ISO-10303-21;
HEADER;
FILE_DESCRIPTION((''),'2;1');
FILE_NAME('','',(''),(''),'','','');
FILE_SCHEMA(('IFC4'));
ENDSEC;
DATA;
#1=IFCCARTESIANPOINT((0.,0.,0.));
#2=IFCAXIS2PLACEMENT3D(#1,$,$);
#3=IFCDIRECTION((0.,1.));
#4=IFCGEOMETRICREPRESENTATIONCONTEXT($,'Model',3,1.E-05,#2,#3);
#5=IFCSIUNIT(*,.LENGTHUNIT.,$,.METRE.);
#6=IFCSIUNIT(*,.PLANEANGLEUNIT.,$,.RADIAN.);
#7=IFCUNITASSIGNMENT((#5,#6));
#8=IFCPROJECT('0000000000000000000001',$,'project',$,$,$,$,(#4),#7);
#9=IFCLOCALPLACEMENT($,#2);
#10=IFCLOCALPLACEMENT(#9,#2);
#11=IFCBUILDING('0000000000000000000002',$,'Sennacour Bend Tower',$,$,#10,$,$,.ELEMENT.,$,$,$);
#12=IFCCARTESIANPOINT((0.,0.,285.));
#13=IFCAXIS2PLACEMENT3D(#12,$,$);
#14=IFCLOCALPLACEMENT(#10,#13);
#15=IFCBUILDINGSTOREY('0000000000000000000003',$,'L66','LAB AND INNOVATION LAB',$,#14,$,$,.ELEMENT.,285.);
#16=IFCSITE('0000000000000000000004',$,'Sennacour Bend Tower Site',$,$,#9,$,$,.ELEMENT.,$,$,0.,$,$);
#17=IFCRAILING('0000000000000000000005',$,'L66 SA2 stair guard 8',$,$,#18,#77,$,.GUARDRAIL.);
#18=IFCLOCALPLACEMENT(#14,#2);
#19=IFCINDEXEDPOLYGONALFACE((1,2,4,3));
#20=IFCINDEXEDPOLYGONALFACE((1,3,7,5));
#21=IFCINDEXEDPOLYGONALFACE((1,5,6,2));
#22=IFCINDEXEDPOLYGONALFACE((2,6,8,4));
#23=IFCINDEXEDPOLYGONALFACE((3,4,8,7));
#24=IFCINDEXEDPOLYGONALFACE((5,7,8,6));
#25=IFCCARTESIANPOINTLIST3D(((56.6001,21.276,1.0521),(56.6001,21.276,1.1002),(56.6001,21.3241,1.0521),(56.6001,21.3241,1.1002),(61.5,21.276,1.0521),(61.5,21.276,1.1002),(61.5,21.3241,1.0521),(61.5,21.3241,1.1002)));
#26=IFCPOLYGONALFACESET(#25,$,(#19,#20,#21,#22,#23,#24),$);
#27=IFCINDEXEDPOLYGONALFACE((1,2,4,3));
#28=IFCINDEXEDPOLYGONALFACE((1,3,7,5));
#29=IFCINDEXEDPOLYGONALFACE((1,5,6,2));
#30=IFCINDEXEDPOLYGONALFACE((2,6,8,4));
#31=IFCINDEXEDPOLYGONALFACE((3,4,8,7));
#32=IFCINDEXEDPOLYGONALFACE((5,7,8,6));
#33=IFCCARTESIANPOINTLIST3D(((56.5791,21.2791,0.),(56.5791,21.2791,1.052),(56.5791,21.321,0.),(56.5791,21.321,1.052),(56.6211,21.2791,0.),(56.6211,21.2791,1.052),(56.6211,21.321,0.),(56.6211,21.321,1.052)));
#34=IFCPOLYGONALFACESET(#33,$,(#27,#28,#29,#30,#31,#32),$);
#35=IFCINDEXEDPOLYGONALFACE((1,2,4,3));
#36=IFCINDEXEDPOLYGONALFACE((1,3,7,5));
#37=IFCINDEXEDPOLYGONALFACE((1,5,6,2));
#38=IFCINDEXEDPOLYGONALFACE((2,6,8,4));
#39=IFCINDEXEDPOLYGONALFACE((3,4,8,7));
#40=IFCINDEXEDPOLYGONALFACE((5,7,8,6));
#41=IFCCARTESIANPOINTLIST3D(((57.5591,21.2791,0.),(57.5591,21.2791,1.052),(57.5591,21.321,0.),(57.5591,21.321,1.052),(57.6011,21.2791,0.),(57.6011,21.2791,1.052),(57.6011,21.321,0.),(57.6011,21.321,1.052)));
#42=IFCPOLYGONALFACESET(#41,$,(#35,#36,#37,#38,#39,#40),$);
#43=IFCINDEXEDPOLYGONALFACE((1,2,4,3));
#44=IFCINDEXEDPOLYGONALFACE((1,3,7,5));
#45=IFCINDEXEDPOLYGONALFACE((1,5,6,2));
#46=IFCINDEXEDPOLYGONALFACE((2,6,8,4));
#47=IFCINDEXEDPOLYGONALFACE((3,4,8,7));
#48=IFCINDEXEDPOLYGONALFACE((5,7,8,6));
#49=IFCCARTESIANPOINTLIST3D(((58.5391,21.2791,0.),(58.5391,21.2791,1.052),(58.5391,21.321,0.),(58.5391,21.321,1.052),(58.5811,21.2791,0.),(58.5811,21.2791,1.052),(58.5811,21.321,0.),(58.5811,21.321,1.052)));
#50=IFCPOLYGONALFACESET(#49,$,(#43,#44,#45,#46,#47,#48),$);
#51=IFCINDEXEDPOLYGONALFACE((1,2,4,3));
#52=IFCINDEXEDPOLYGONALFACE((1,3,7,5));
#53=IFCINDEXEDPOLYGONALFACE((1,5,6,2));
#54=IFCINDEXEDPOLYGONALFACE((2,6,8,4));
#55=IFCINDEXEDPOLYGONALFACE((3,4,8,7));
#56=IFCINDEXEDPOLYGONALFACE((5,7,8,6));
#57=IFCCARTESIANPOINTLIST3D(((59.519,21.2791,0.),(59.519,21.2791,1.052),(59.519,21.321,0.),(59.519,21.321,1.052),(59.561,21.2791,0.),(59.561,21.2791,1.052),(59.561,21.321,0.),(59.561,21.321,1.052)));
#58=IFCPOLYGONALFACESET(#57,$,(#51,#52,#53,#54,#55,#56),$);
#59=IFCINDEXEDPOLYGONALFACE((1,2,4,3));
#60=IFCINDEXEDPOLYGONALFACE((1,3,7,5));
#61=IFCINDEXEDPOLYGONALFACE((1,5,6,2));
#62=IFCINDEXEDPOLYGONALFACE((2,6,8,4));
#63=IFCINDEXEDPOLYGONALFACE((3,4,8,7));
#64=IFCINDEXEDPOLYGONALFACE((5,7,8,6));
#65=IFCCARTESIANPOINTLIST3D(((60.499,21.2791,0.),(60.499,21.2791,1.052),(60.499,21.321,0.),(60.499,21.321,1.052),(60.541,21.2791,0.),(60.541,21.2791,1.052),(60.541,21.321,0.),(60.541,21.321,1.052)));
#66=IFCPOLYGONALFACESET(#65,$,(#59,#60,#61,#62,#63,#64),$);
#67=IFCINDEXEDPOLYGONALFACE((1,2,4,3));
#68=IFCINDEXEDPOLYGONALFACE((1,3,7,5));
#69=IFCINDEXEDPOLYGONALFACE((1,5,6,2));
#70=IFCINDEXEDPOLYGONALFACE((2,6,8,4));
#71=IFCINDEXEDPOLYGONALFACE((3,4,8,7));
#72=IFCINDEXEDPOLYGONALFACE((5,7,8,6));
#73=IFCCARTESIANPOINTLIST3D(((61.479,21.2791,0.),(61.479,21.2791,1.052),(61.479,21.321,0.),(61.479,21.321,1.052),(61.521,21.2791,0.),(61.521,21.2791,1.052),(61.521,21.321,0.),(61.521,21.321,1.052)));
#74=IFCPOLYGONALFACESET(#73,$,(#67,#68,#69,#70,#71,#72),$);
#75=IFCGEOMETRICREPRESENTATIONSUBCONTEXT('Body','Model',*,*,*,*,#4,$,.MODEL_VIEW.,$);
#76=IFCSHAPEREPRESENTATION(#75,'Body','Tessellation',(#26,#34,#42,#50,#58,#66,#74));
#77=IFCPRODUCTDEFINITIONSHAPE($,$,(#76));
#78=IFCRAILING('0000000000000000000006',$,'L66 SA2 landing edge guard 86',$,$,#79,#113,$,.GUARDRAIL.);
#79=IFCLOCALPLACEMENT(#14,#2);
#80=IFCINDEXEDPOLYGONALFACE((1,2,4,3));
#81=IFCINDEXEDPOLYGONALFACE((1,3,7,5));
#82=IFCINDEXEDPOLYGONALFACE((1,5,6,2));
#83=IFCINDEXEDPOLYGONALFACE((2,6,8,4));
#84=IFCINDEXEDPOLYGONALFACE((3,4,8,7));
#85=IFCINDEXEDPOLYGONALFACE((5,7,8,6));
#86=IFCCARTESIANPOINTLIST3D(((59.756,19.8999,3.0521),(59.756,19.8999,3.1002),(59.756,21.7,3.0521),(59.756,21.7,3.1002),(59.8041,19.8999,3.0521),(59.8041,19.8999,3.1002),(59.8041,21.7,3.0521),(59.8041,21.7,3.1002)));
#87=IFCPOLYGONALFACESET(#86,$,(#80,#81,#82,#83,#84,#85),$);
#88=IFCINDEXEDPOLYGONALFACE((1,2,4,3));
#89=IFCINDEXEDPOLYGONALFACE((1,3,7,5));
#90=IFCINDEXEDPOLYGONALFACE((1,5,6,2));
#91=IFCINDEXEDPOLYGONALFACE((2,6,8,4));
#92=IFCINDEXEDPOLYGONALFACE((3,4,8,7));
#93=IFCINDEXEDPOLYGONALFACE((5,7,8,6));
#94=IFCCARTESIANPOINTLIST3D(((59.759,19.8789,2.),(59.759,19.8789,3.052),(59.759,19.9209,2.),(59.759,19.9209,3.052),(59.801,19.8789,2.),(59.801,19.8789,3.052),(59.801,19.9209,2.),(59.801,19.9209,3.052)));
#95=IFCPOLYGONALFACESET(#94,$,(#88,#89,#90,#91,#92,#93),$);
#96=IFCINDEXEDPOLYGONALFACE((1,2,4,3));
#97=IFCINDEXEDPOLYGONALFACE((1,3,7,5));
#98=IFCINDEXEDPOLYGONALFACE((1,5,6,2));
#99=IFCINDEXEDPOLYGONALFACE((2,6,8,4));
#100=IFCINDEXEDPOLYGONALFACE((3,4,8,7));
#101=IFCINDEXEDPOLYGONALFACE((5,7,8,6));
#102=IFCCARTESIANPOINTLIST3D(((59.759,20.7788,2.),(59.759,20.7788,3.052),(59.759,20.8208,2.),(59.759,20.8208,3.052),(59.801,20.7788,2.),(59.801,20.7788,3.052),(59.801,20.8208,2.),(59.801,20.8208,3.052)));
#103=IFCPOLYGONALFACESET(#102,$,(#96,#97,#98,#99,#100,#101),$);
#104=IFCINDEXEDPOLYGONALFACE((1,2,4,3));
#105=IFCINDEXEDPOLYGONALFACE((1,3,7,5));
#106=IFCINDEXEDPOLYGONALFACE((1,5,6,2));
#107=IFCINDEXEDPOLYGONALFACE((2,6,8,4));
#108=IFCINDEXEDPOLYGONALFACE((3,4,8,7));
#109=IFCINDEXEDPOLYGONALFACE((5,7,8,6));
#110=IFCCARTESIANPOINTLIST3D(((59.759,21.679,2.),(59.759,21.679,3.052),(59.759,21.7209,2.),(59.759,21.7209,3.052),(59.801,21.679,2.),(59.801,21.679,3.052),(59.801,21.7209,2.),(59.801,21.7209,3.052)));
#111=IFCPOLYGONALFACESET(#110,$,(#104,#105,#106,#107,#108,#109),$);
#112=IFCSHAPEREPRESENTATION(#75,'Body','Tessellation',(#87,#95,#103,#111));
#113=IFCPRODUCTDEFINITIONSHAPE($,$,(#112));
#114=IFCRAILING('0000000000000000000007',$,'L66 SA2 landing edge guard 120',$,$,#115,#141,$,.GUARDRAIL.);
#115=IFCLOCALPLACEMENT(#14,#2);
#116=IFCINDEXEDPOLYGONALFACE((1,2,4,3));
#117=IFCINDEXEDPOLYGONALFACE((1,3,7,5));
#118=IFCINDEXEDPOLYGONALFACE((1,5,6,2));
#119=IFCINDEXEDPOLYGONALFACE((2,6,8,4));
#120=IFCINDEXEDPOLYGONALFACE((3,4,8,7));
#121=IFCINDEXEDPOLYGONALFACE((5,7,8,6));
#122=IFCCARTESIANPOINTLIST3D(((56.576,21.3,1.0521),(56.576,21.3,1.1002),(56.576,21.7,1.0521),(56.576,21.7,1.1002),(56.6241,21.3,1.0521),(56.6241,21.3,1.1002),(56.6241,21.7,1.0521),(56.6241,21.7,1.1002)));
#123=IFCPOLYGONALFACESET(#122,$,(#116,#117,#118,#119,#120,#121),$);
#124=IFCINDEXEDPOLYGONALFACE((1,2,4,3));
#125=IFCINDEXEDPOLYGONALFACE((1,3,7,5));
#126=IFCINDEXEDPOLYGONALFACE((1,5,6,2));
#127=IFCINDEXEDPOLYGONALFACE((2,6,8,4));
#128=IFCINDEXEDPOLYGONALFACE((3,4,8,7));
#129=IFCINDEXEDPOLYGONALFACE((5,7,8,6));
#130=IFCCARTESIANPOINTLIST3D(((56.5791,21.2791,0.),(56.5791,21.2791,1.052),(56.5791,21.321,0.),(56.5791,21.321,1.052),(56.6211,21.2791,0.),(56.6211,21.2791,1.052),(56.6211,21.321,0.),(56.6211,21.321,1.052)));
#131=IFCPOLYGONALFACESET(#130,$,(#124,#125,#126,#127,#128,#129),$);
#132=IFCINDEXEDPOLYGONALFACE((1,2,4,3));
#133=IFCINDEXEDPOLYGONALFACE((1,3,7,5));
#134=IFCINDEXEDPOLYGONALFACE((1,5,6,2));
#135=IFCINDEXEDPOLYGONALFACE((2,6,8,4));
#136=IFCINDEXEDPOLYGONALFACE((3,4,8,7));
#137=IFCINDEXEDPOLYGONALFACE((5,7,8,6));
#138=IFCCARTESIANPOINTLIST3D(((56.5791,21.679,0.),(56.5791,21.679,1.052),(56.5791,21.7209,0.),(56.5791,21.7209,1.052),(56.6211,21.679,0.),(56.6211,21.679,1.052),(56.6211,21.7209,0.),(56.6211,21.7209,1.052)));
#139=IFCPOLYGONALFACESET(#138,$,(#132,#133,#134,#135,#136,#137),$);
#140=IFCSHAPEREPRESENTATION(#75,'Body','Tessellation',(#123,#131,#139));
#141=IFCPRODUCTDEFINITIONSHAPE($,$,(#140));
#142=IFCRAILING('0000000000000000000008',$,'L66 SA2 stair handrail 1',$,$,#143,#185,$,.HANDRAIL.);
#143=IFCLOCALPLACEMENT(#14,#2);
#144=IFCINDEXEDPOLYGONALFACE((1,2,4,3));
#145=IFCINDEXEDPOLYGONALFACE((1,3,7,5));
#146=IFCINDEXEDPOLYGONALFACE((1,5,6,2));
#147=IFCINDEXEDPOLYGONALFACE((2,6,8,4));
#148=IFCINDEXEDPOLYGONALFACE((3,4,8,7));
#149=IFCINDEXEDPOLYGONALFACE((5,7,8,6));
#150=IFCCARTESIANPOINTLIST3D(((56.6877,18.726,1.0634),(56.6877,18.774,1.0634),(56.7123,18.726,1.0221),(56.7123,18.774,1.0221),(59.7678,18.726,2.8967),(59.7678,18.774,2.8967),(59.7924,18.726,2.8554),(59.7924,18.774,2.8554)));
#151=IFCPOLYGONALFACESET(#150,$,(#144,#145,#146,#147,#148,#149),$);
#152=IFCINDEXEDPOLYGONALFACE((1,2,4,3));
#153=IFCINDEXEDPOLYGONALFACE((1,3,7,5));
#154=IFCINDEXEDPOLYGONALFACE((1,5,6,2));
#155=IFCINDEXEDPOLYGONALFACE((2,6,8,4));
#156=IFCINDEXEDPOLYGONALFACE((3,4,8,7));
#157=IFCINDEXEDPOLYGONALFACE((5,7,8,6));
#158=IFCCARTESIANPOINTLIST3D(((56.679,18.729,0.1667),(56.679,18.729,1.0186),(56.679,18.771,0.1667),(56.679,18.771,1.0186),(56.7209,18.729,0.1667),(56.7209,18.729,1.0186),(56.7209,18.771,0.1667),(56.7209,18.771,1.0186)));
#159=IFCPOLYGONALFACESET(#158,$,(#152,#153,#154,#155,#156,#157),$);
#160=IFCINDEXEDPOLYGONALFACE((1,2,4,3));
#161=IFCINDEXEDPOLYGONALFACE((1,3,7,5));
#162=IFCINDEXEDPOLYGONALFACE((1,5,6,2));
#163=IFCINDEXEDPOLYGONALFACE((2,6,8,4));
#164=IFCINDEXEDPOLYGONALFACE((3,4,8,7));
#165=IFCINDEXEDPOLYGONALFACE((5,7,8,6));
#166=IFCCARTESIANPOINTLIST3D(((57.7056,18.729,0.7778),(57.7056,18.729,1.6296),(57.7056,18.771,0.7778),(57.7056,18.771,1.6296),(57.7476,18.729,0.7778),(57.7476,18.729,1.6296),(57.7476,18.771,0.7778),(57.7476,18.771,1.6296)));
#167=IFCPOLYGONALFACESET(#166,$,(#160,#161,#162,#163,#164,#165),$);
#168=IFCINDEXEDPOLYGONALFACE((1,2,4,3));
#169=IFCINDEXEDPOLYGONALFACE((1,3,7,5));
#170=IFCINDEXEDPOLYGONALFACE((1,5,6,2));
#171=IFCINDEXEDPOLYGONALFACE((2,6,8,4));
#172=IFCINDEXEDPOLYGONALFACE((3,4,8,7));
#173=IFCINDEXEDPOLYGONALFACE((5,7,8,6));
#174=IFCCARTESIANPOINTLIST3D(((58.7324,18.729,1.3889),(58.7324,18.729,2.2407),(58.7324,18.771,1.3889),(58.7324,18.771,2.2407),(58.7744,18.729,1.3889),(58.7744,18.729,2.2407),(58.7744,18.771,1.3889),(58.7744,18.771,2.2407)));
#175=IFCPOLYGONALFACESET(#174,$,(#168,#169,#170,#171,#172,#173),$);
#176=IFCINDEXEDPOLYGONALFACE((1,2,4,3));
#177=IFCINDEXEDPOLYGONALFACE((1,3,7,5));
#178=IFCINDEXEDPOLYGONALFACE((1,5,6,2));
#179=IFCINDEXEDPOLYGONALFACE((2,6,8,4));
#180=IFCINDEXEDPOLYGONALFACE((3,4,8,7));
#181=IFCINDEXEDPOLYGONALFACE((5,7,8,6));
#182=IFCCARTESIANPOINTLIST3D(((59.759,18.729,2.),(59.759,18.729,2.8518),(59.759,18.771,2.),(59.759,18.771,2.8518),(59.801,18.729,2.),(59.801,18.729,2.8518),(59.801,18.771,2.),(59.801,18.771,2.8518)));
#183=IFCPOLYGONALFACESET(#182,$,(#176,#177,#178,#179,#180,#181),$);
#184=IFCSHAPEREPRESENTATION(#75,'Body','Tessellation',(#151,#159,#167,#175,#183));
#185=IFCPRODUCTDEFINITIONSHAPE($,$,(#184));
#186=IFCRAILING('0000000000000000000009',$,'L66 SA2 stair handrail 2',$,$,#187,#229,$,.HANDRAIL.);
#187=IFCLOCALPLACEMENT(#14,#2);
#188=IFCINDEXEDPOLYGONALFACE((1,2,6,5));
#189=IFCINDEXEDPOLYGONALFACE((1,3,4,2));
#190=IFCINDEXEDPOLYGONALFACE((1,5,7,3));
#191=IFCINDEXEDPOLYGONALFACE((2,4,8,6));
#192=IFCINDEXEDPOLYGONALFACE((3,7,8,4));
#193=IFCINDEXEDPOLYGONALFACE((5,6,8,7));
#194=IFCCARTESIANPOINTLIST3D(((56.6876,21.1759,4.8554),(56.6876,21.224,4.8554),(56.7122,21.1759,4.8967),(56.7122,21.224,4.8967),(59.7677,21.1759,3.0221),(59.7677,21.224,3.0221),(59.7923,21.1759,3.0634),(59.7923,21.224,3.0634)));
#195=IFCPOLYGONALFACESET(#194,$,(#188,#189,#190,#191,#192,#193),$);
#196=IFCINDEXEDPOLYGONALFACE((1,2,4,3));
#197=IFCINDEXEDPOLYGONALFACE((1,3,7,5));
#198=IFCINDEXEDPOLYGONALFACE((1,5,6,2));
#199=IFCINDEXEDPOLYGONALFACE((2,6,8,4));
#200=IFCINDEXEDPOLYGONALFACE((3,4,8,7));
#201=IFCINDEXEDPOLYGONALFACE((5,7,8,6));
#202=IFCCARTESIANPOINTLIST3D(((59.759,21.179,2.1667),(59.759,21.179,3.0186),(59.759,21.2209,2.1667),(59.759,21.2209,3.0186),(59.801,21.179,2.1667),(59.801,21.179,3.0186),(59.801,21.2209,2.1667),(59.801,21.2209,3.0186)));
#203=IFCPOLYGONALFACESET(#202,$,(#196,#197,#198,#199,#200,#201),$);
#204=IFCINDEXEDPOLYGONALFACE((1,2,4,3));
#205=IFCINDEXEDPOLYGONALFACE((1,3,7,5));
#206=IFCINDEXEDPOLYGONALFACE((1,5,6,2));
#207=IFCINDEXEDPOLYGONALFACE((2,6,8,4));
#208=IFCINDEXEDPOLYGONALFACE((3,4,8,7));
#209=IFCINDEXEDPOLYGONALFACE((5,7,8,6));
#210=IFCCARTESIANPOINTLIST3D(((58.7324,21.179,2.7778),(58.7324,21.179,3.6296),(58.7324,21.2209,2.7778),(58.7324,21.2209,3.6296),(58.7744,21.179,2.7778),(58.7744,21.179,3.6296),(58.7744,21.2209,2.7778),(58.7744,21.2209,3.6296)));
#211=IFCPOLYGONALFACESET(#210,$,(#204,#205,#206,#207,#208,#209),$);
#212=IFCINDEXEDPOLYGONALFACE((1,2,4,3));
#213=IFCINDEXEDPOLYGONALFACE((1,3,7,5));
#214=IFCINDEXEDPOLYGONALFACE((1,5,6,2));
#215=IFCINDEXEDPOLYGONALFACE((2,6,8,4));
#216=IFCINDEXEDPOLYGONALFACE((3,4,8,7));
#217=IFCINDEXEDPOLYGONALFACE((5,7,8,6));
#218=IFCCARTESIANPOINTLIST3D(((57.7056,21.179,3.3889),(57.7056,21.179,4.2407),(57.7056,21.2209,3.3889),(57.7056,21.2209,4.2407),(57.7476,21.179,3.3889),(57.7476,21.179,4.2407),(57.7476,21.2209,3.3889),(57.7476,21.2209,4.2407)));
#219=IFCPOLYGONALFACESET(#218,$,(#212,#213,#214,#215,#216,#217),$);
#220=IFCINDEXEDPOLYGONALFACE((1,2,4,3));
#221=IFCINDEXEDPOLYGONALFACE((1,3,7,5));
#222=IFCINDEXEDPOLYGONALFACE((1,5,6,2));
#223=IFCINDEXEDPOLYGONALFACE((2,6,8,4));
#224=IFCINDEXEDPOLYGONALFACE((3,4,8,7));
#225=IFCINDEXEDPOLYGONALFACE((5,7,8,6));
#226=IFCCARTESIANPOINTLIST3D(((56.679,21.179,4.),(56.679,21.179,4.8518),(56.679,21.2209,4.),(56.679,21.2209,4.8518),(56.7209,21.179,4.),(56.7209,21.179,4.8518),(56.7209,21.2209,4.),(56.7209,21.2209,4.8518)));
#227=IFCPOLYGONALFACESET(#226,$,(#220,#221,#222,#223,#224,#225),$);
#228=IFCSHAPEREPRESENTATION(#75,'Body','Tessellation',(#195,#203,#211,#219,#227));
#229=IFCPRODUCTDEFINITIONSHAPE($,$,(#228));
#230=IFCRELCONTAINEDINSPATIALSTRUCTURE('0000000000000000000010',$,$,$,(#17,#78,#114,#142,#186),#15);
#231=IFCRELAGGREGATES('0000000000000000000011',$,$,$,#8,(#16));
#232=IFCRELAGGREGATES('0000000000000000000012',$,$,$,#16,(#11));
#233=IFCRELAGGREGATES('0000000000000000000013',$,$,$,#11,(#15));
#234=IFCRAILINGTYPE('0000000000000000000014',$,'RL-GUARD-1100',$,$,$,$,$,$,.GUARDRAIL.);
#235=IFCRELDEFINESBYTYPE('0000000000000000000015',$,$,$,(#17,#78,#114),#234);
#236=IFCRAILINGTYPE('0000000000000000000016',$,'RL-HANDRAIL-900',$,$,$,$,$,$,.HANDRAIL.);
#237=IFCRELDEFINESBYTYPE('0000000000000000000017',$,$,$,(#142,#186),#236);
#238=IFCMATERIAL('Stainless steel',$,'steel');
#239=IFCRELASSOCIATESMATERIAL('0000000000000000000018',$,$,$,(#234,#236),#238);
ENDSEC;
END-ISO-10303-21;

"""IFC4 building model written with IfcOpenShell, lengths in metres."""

from ifc_helpers import new_model, si_unit, direction, frame, origin, origin_2d, place, context, subcontext, project, spatial, rectangle, extrude, material, type_object, element, save


model = new_model("IFC4")

# Units and contexts
model_context = context("Model", 3, precision=1e-05, world=origin(), true_north=direction((0.0, 1.0)))
body_context = subcontext(model_context, "Body", "Model", "MODEL_VIEW")
ifc_project = project(units=[si_unit("LENGTHUNIT", "METRE"), si_unit("PLANEANGLEUNIT", "RADIAN")], contexts=[model_context])

# Site, building, storey
site_placement = place(None, origin())
site = spatial("IfcSite", under=ifc_project, at=site_placement, Name="Sennacour Bend Tower Site", CompositionType="ELEMENT", RefElevation=0.0)
building_placement = place(site_placement, origin())
building = spatial("IfcBuilding", under=site, at=building_placement, Name="Sennacour Bend Tower", CompositionType="ELEMENT")
storey_placement = place(building_placement, frame((0.0, 0.0, 285.0)))
storey = spatial("IfcBuildingStorey", under=building, at=storey_placement, Name="L66", Description="LAB AND INNOVATION LAB", CompositionType="ELEMENT", Elevation=285.0)

# Railings
ifc_material_1 = material(Name="Stainless steel", Category="steel")
railing_type_1 = type_object("IfcRailingType", Name="RL-GUARD-1100", PredefinedType="GUARDRAIL", material=ifc_material_1)
railing_1_placement = place(storey_placement, frame((56.6001, 21.3, 0.0)))
element("IfcRailing", 1, at=railing_1_placement, inside=storey, type_object=railing_type_1, Name="L66 SA2 stair guard 8", PredefinedType="GUARDRAIL", context=body_context, shape_type="SweptSolid", body=[
    extrude(rectangle(XDim=0.0481, YDim=0.0481, at=origin_2d()), frame((0.0, 0.0, 1.0762), z_axis=(1.0, 0.0, 0.0), x_axis=(0.0, 1.0, 0.0)), (0.0, 0.0, 1.0), 4.8999),
    extrude(rectangle(XDim=0.042, YDim=0.042, at=origin_2d()), origin(), (0.0, 0.0, 1.0), 1.052),
    extrude(rectangle(XDim=0.042, YDim=0.042, at=origin_2d()), frame((0.98, 0.0, 0.0)), (0.0, 0.0, 1.0), 1.052),
    extrude(rectangle(XDim=0.042, YDim=0.042, at=origin_2d()), frame((1.96, 0.0, 0.0)), (0.0, 0.0, 1.0), 1.052),
    extrude(rectangle(XDim=0.042, YDim=0.042, at=origin_2d()), frame((2.9399, 0.0, 0.0)), (0.0, 0.0, 1.0), 1.052),
    extrude(rectangle(XDim=0.042, YDim=0.042, at=origin_2d()), frame((3.9199, 0.0, 0.0)), (0.0, 0.0, 1.0), 1.052),
    extrude(rectangle(XDim=0.042, YDim=0.042, at=origin_2d()), frame((4.8999, 0.0, 0.0)), (0.0, 0.0, 1.0), 1.052),
])
railing_2_placement = place(storey_placement, frame((59.78, 19.8999, 2.0)))
element("IfcRailing", 2, at=railing_2_placement, inside=storey, type_object=railing_type_1, Name="L66 SA2 landing edge guard 86", PredefinedType="GUARDRAIL", context=body_context, shape_type="SweptSolid", body=[
    extrude(rectangle(XDim=0.0481, YDim=0.0481, at=origin_2d()), frame((0.0, 0.0, 1.0762), z_axis=(0.0, 1.0, 0.0), x_axis=(-1.0, 0.0, 0.0)), (0.0, 0.0, 1.0), 1.8),
    extrude(rectangle(XDim=0.042, YDim=0.042, at=origin_2d()), origin(), (0.0, 0.0, 1.0), 1.052),
    extrude(rectangle(XDim=0.042, YDim=0.042, at=origin_2d()), frame((0.0, 0.8999, 0.0)), (0.0, 0.0, 1.0), 1.052),
    extrude(rectangle(XDim=0.042, YDim=0.042, at=origin_2d()), frame((0.0, 1.8, 0.0)), (0.0, 0.0, 1.0), 1.052),
])
railing_3_placement = place(storey_placement, frame((56.6001, 21.3, 0.0)))
element("IfcRailing", 3, at=railing_3_placement, inside=storey, type_object=railing_type_1, Name="L66 SA2 landing edge guard 120", PredefinedType="GUARDRAIL", context=body_context, shape_type="SweptSolid", body=[
    extrude(rectangle(XDim=0.0481, YDim=0.0481, at=origin_2d()), frame((0.0, 0.0, 1.0762), z_axis=(0.0, 1.0, 0.0), x_axis=(-1.0, 0.0, 0.0)), (0.0, 0.0, 1.0), 0.3999),
    extrude(rectangle(XDim=0.042, YDim=0.042, at=origin_2d()), origin(), (0.0, 0.0, 1.0), 1.052),
    extrude(rectangle(XDim=0.042, YDim=0.042, at=origin_2d()), frame((0.0, 0.3999, 0.0)), (0.0, 0.0, 1.0), 1.052),
])
railing_type_2 = type_object("IfcRailingType", Name="RL-HANDRAIL-900", PredefinedType="HANDRAIL", material=ifc_material_1)
railing_4_placement = place(storey_placement, frame((56.7, 18.75, 0.1667)))
element("IfcRailing", 4, at=railing_4_placement, inside=storey, type_object=railing_type_2, Name="L66 SA2 stair handrail 1", PredefinedType="HANDRAIL", context=body_context, shape_type="SweptSolid", body=[
    extrude(rectangle(XDim=0.0481, YDim=0.0481, at=origin_2d()), frame((0.0, 0.0, 0.876), z_axis=(0.859309, 0.0, 0.511458), x_axis=(0.0, 1.0, 0.0)), (0.0, 0.0, 1.0), 3.5845),
    extrude(rectangle(XDim=0.042, YDim=0.042, at=origin_2d()), origin(), (0.0, 0.0, 1.0), 0.8518),
    extrude(rectangle(XDim=0.042, YDim=0.042, at=origin_2d()), frame((1.0266, 0.0, 0.6111)), (0.0, 0.0, 1.0), 0.8518),
    extrude(rectangle(XDim=0.042, YDim=0.042, at=origin_2d()), frame((2.0535, 0.0, 1.2222)), (0.0, 0.0, 1.0), 0.8518),
    extrude(rectangle(XDim=0.042, YDim=0.042, at=origin_2d()), frame((3.0801, 0.0, 1.8333)), (0.0, 0.0, 1.0), 0.8518),
])
railing_5_placement = place(storey_placement, frame((59.78, 21.2, 2.1667)))
element("IfcRailing", 5, at=railing_5_placement, inside=storey, type_object=railing_type_2, Name="L66 SA2 stair handrail 2", PredefinedType="HANDRAIL", context=body_context, shape_type="SweptSolid", body=[
    extrude(rectangle(XDim=0.0481, YDim=0.0481, at=origin_2d()), frame((0.0, 0.0, 0.876), z_axis=(-0.859309, 0.0, 0.511458), x_axis=(0.0, -1.0, 0.0)), (0.0, 0.0, 1.0), 3.5845),
    extrude(rectangle(XDim=0.042, YDim=0.042, at=origin_2d()), origin(), (0.0, 0.0, 1.0), 0.8518),
    extrude(rectangle(XDim=0.042, YDim=0.042, at=origin_2d()), frame((-1.0266, 0.0, 0.6111)), (0.0, 0.0, 1.0), 0.8518),
    extrude(rectangle(XDim=0.042, YDim=0.042, at=origin_2d()), frame((-2.0535, 0.0, 1.2222)), (0.0, 0.0, 1.0), 0.8518),
    extrude(rectangle(XDim=0.042, YDim=0.042, at=origin_2d()), frame((-3.0801, 0.0, 1.8333)), (0.0, 0.0, 1.0), 0.8518),
])

save(model, "model.ifc")
